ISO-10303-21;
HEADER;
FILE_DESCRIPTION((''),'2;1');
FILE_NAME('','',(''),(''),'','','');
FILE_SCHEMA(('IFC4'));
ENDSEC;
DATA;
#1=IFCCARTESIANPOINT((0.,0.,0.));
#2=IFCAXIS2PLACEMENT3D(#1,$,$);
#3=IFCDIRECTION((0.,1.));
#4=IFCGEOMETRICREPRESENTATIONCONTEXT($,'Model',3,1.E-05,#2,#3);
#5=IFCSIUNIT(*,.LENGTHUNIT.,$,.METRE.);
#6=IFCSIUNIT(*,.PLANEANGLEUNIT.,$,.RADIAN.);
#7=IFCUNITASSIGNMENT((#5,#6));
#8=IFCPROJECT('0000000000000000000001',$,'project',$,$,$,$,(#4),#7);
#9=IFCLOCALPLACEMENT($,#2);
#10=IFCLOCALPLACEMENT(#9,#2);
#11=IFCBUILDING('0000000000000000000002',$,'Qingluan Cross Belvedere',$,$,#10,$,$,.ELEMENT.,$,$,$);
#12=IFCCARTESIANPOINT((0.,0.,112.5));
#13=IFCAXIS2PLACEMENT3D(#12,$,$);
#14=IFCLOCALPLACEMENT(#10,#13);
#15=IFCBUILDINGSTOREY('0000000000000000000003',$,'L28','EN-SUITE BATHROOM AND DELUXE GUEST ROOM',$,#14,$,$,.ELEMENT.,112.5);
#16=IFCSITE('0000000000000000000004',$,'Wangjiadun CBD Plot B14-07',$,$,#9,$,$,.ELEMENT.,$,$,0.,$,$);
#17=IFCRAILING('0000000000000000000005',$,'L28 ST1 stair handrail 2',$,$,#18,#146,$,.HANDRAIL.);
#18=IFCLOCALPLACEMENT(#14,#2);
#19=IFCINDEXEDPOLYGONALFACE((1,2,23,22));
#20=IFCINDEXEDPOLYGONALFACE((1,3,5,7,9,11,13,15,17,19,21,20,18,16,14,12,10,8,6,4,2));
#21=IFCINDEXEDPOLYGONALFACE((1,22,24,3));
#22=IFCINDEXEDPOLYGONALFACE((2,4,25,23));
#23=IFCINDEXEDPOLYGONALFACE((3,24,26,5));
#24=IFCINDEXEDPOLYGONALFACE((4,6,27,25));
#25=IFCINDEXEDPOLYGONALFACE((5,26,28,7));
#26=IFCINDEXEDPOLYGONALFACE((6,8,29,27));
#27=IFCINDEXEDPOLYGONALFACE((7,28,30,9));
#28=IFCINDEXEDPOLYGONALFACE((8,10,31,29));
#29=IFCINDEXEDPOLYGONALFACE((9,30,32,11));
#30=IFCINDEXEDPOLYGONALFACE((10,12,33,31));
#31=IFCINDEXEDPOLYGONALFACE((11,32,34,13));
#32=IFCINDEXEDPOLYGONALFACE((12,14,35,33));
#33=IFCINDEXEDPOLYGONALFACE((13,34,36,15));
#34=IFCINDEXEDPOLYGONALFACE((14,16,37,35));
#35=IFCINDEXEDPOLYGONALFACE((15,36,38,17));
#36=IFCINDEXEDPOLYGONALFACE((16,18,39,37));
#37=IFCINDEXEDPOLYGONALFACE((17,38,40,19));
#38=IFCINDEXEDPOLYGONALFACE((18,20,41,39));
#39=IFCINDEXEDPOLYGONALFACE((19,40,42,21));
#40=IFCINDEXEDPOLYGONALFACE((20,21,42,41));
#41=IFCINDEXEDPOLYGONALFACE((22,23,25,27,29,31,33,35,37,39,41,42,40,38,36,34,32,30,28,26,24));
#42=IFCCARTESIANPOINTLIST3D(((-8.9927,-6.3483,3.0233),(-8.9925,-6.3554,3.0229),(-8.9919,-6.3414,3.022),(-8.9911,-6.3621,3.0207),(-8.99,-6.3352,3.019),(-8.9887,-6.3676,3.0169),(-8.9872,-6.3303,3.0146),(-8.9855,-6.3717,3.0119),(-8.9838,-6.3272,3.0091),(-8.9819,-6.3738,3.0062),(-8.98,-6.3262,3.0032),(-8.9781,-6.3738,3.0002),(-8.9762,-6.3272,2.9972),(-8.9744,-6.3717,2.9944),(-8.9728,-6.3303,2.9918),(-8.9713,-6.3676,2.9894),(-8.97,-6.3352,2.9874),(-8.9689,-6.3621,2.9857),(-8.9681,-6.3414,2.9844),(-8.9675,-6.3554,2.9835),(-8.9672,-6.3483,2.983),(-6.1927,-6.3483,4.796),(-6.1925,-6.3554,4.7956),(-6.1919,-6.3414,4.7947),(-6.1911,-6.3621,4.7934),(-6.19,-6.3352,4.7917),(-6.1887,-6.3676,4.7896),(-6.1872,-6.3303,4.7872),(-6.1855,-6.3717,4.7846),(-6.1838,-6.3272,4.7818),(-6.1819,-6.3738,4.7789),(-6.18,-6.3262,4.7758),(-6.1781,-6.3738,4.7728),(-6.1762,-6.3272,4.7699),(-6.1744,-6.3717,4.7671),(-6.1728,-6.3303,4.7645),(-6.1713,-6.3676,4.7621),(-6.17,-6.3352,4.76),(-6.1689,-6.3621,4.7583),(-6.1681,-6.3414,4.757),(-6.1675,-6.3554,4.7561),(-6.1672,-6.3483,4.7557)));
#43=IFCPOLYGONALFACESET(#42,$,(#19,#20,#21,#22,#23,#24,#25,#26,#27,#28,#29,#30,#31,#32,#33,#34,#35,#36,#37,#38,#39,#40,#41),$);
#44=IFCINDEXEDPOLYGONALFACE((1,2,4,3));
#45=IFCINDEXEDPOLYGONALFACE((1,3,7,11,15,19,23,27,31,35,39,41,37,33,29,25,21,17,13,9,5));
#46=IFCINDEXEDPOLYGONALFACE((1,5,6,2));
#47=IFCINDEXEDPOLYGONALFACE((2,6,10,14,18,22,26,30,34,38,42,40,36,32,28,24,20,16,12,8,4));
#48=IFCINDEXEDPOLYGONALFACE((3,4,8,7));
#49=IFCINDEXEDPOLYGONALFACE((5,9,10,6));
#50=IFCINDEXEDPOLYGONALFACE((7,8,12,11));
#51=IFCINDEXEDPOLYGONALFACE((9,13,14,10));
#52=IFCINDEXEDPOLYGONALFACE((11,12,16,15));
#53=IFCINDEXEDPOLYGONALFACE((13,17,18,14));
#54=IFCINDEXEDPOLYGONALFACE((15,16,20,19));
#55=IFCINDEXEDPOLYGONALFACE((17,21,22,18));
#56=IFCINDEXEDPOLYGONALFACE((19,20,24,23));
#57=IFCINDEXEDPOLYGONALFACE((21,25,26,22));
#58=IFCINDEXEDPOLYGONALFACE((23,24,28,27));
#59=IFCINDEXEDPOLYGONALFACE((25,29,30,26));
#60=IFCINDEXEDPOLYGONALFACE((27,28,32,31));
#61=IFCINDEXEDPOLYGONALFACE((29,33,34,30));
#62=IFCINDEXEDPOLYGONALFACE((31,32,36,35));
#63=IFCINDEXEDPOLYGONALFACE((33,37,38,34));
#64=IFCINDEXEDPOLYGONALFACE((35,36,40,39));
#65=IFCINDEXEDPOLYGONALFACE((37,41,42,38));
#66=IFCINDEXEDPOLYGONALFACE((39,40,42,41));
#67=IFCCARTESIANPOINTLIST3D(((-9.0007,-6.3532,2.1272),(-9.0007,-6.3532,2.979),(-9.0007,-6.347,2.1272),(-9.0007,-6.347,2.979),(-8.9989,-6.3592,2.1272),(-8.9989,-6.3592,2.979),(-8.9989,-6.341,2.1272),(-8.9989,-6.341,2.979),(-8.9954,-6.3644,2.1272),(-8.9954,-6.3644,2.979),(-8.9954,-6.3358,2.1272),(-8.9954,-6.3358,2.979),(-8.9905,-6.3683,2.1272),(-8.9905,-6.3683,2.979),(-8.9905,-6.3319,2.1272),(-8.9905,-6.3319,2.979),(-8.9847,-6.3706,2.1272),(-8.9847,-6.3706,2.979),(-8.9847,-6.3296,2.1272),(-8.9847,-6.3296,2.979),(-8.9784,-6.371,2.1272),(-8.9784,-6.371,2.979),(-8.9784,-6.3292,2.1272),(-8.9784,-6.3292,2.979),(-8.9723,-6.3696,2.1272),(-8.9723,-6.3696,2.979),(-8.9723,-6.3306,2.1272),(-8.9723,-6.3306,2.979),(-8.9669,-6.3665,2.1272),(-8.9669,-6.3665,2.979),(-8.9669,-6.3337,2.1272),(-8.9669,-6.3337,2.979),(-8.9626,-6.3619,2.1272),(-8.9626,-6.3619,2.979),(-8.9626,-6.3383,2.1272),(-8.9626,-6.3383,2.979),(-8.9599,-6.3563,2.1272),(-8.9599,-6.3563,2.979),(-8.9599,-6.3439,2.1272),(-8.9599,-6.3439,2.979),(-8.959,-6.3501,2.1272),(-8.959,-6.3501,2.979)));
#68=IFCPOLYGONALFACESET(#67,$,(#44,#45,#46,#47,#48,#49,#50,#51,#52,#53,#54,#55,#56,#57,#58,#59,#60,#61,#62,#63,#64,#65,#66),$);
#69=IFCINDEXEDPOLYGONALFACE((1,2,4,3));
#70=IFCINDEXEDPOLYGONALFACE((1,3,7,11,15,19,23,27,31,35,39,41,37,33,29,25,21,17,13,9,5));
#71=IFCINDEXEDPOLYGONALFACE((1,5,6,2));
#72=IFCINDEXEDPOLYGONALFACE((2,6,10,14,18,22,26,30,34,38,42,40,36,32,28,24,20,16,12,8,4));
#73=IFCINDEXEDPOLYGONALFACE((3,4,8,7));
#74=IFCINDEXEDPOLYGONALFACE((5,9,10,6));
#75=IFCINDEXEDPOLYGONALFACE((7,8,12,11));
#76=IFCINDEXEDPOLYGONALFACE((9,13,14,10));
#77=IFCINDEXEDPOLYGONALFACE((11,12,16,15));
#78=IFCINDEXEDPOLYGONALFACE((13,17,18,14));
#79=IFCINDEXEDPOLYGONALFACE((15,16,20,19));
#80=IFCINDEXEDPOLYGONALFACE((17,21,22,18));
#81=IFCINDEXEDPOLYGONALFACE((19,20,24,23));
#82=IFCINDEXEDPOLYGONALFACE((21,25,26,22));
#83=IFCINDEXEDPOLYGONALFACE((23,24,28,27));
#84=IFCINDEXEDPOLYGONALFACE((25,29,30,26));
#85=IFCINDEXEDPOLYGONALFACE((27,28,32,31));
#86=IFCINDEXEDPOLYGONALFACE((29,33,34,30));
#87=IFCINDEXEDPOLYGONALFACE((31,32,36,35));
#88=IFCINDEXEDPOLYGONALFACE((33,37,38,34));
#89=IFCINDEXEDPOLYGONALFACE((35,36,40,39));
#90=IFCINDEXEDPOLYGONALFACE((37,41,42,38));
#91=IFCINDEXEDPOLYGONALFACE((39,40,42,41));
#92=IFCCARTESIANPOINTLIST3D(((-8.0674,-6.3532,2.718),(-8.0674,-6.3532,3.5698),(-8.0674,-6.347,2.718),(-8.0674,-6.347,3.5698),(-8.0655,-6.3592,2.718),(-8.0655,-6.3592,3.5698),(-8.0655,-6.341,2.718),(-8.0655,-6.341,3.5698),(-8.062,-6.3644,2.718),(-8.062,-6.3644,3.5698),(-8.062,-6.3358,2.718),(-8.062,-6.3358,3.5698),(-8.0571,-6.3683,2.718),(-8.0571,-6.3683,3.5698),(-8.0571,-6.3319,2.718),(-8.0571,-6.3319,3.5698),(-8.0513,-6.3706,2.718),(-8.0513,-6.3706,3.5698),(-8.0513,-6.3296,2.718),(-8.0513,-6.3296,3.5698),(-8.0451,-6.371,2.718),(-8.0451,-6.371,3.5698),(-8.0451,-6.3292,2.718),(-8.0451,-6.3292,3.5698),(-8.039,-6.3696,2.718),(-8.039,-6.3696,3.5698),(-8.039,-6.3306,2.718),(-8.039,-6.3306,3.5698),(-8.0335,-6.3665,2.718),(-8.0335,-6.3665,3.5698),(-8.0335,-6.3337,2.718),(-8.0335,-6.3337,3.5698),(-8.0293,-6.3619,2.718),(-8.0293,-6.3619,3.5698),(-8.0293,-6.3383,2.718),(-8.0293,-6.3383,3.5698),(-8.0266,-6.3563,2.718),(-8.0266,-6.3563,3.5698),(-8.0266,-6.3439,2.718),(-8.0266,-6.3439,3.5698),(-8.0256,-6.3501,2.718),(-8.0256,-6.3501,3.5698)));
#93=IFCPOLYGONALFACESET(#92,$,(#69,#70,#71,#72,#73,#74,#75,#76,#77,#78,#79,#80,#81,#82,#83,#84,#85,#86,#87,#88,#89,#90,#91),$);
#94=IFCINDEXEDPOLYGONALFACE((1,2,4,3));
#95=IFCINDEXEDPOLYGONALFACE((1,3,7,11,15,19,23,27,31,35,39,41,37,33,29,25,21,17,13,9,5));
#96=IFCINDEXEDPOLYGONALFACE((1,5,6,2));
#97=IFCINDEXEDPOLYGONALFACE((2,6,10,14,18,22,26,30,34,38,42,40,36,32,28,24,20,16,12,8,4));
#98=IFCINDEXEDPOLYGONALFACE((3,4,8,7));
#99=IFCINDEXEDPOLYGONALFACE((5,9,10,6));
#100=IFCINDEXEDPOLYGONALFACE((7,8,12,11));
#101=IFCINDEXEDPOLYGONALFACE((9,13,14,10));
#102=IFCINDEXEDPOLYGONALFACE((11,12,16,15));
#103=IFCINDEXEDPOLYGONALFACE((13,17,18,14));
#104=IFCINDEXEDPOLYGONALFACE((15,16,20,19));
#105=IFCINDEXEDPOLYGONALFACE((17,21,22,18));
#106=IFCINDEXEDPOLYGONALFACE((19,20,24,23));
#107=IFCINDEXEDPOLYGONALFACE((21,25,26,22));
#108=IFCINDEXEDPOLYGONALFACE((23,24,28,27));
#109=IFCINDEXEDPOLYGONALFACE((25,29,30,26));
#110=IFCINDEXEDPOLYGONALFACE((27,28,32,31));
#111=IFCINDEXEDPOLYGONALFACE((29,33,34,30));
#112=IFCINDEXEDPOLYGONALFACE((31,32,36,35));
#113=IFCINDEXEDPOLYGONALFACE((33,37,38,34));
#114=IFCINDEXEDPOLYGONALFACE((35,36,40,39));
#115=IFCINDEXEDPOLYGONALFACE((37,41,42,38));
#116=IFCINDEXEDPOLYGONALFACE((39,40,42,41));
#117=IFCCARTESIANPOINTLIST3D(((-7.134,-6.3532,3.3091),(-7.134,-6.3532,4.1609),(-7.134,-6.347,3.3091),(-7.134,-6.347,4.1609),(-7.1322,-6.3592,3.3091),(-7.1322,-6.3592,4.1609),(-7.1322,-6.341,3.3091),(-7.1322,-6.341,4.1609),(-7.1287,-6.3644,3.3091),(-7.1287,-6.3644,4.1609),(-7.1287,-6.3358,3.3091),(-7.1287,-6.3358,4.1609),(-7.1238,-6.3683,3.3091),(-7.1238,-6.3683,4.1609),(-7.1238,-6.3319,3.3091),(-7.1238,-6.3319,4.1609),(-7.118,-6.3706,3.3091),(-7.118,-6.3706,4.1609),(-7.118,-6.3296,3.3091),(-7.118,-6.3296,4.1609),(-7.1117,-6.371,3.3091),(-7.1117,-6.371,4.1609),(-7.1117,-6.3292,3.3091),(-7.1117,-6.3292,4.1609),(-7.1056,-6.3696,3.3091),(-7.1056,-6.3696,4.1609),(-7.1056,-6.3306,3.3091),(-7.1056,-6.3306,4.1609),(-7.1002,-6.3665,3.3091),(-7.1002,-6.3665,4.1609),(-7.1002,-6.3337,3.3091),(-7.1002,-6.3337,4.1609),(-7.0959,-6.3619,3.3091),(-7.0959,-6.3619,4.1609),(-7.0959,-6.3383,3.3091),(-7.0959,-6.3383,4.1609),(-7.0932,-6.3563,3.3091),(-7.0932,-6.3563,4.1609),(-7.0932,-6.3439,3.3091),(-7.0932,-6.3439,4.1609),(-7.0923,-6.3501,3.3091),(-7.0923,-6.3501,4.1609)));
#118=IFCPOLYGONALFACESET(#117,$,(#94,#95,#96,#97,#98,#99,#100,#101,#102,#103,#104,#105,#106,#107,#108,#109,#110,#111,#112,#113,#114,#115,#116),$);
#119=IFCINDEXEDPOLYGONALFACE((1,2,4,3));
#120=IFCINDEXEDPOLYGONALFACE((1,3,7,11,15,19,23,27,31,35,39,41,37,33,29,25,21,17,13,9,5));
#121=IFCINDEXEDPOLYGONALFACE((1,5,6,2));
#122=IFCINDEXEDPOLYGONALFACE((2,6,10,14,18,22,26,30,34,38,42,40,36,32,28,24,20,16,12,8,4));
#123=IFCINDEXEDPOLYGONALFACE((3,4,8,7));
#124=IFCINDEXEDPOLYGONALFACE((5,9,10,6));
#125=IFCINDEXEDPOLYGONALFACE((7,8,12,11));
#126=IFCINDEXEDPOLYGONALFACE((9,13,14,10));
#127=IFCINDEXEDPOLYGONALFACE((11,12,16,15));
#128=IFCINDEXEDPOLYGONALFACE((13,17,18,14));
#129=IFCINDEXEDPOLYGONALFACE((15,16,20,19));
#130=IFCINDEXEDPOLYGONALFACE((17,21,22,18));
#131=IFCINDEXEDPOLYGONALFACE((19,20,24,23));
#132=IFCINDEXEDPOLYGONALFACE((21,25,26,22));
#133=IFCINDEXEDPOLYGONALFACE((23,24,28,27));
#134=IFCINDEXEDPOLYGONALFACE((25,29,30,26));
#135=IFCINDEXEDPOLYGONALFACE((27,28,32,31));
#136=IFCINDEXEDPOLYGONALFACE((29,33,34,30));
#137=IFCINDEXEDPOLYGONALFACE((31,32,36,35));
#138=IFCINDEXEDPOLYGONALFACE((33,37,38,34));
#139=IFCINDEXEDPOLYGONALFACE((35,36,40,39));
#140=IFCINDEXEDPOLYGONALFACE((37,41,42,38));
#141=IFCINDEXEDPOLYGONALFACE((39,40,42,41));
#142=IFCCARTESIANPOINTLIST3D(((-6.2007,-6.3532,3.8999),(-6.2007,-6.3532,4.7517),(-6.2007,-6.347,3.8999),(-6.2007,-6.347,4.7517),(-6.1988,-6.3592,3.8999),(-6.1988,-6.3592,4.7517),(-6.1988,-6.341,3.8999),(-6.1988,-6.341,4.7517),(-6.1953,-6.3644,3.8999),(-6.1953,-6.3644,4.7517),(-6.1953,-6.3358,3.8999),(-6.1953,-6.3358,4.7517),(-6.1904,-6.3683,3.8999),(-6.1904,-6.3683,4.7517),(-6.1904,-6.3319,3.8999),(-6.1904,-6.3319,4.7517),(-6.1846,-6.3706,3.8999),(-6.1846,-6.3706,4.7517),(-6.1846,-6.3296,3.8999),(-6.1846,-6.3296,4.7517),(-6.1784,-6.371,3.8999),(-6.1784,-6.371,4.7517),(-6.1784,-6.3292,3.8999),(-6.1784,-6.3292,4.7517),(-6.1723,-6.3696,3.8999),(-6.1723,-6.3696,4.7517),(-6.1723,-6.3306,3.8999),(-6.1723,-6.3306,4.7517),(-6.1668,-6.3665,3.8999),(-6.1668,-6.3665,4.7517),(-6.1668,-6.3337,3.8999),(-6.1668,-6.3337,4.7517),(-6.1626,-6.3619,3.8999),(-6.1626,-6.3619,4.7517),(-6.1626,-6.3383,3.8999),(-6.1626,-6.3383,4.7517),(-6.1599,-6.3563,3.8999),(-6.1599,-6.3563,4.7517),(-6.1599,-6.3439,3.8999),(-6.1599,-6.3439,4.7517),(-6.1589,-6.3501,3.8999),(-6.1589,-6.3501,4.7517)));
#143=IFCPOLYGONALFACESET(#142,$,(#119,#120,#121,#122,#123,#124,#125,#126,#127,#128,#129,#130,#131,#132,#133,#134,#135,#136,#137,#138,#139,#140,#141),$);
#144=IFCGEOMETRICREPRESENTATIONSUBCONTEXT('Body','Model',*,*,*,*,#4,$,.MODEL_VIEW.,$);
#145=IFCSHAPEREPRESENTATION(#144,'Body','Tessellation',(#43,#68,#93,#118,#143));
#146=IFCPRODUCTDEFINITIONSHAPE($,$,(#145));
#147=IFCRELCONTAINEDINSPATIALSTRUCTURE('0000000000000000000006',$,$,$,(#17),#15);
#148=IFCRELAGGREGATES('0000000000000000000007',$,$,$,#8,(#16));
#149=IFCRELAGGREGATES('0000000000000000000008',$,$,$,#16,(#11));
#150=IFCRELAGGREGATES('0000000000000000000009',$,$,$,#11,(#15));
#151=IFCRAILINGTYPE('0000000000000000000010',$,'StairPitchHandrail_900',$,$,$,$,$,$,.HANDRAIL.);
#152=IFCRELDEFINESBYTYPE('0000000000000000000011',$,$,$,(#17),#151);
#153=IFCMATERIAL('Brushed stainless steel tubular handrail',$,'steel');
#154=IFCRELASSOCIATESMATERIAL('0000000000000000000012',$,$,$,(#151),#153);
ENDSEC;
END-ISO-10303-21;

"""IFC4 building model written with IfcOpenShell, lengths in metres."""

from ifc_helpers import new_model, si_unit, direction, frame, origin, origin_2d, place, context, subcontext, project, spatial, circle, extrude, material, type_object, element, save


model = new_model("IFC4")

# Units and contexts
model_context = context("Model", 3, precision=1e-05, world=origin(), true_north=direction((0.0, 1.0)))
body_context = subcontext(model_context, "Body", "Model", "MODEL_VIEW")
ifc_project = project(units=[si_unit("LENGTHUNIT", "METRE"), si_unit("PLANEANGLEUNIT", "RADIAN")], contexts=[model_context])

# Site, building, storey
site_placement = place(None, origin())
site = spatial("IfcSite", under=ifc_project, at=site_placement, Name="Wangjiadun CBD Plot B14-07", CompositionType="ELEMENT", RefElevation=0.0)
building_placement = place(site_placement, origin())
building = spatial("IfcBuilding", under=site, at=building_placement, Name="Qingluan Cross Belvedere", CompositionType="ELEMENT")
storey_placement = place(building_placement, frame((0.0, 0.0, 112.5)))
storey = spatial("IfcBuildingStorey", under=building, at=storey_placement, Name="L28", Description="EN-SUITE BATHROOM AND DELUXE GUEST ROOM", CompositionType="ELEMENT", Elevation=112.5)

# Railing
ifc_material_1 = material(Name="Brushed stainless steel tubular handrail", Category="steel")
railing_type_1 = type_object("IfcRailingType", Name="StairPitchHandrail_900", PredefinedType="HANDRAIL", material=ifc_material_1)
railing_1_placement = place(storey_placement, frame((-8.98, -6.3501, 2.1272)))
element("IfcRailing", 1, at=railing_1_placement, inside=storey, type_object=railing_type_1, Name="L28 ST1 stair handrail 2", PredefinedType="HANDRAIL", context=body_context, shape_type="SweptSolid", body=[
    extrude(circle(Radius=0.0239, at=origin_2d()), frame((0.0, 0.0, 0.876), z_axis=(0.844909, 0.0, 0.53491), x_axis=(0.0, 1.0, 0.0)), (0.0, 0.0, 1.0), 3.314),
    extrude(circle(Radius=0.021, at=origin_2d()), origin(), (0.0, 0.0, 1.0), 0.8518),
    extrude(circle(Radius=0.021, at=origin_2d()), frame((0.9333, 0.0, 0.5908)), (0.0, 0.0, 1.0), 0.8518),
    extrude(circle(Radius=0.021, at=origin_2d()), frame((1.8667, 0.0, 1.1819)), (0.0, 0.0, 1.0), 0.8518),
    extrude(circle(Radius=0.021, at=origin_2d()), frame((2.8, 0.0, 1.7727)), (0.0, 0.0, 1.0), 0.8518),
])

save(model, "model.ifc")
